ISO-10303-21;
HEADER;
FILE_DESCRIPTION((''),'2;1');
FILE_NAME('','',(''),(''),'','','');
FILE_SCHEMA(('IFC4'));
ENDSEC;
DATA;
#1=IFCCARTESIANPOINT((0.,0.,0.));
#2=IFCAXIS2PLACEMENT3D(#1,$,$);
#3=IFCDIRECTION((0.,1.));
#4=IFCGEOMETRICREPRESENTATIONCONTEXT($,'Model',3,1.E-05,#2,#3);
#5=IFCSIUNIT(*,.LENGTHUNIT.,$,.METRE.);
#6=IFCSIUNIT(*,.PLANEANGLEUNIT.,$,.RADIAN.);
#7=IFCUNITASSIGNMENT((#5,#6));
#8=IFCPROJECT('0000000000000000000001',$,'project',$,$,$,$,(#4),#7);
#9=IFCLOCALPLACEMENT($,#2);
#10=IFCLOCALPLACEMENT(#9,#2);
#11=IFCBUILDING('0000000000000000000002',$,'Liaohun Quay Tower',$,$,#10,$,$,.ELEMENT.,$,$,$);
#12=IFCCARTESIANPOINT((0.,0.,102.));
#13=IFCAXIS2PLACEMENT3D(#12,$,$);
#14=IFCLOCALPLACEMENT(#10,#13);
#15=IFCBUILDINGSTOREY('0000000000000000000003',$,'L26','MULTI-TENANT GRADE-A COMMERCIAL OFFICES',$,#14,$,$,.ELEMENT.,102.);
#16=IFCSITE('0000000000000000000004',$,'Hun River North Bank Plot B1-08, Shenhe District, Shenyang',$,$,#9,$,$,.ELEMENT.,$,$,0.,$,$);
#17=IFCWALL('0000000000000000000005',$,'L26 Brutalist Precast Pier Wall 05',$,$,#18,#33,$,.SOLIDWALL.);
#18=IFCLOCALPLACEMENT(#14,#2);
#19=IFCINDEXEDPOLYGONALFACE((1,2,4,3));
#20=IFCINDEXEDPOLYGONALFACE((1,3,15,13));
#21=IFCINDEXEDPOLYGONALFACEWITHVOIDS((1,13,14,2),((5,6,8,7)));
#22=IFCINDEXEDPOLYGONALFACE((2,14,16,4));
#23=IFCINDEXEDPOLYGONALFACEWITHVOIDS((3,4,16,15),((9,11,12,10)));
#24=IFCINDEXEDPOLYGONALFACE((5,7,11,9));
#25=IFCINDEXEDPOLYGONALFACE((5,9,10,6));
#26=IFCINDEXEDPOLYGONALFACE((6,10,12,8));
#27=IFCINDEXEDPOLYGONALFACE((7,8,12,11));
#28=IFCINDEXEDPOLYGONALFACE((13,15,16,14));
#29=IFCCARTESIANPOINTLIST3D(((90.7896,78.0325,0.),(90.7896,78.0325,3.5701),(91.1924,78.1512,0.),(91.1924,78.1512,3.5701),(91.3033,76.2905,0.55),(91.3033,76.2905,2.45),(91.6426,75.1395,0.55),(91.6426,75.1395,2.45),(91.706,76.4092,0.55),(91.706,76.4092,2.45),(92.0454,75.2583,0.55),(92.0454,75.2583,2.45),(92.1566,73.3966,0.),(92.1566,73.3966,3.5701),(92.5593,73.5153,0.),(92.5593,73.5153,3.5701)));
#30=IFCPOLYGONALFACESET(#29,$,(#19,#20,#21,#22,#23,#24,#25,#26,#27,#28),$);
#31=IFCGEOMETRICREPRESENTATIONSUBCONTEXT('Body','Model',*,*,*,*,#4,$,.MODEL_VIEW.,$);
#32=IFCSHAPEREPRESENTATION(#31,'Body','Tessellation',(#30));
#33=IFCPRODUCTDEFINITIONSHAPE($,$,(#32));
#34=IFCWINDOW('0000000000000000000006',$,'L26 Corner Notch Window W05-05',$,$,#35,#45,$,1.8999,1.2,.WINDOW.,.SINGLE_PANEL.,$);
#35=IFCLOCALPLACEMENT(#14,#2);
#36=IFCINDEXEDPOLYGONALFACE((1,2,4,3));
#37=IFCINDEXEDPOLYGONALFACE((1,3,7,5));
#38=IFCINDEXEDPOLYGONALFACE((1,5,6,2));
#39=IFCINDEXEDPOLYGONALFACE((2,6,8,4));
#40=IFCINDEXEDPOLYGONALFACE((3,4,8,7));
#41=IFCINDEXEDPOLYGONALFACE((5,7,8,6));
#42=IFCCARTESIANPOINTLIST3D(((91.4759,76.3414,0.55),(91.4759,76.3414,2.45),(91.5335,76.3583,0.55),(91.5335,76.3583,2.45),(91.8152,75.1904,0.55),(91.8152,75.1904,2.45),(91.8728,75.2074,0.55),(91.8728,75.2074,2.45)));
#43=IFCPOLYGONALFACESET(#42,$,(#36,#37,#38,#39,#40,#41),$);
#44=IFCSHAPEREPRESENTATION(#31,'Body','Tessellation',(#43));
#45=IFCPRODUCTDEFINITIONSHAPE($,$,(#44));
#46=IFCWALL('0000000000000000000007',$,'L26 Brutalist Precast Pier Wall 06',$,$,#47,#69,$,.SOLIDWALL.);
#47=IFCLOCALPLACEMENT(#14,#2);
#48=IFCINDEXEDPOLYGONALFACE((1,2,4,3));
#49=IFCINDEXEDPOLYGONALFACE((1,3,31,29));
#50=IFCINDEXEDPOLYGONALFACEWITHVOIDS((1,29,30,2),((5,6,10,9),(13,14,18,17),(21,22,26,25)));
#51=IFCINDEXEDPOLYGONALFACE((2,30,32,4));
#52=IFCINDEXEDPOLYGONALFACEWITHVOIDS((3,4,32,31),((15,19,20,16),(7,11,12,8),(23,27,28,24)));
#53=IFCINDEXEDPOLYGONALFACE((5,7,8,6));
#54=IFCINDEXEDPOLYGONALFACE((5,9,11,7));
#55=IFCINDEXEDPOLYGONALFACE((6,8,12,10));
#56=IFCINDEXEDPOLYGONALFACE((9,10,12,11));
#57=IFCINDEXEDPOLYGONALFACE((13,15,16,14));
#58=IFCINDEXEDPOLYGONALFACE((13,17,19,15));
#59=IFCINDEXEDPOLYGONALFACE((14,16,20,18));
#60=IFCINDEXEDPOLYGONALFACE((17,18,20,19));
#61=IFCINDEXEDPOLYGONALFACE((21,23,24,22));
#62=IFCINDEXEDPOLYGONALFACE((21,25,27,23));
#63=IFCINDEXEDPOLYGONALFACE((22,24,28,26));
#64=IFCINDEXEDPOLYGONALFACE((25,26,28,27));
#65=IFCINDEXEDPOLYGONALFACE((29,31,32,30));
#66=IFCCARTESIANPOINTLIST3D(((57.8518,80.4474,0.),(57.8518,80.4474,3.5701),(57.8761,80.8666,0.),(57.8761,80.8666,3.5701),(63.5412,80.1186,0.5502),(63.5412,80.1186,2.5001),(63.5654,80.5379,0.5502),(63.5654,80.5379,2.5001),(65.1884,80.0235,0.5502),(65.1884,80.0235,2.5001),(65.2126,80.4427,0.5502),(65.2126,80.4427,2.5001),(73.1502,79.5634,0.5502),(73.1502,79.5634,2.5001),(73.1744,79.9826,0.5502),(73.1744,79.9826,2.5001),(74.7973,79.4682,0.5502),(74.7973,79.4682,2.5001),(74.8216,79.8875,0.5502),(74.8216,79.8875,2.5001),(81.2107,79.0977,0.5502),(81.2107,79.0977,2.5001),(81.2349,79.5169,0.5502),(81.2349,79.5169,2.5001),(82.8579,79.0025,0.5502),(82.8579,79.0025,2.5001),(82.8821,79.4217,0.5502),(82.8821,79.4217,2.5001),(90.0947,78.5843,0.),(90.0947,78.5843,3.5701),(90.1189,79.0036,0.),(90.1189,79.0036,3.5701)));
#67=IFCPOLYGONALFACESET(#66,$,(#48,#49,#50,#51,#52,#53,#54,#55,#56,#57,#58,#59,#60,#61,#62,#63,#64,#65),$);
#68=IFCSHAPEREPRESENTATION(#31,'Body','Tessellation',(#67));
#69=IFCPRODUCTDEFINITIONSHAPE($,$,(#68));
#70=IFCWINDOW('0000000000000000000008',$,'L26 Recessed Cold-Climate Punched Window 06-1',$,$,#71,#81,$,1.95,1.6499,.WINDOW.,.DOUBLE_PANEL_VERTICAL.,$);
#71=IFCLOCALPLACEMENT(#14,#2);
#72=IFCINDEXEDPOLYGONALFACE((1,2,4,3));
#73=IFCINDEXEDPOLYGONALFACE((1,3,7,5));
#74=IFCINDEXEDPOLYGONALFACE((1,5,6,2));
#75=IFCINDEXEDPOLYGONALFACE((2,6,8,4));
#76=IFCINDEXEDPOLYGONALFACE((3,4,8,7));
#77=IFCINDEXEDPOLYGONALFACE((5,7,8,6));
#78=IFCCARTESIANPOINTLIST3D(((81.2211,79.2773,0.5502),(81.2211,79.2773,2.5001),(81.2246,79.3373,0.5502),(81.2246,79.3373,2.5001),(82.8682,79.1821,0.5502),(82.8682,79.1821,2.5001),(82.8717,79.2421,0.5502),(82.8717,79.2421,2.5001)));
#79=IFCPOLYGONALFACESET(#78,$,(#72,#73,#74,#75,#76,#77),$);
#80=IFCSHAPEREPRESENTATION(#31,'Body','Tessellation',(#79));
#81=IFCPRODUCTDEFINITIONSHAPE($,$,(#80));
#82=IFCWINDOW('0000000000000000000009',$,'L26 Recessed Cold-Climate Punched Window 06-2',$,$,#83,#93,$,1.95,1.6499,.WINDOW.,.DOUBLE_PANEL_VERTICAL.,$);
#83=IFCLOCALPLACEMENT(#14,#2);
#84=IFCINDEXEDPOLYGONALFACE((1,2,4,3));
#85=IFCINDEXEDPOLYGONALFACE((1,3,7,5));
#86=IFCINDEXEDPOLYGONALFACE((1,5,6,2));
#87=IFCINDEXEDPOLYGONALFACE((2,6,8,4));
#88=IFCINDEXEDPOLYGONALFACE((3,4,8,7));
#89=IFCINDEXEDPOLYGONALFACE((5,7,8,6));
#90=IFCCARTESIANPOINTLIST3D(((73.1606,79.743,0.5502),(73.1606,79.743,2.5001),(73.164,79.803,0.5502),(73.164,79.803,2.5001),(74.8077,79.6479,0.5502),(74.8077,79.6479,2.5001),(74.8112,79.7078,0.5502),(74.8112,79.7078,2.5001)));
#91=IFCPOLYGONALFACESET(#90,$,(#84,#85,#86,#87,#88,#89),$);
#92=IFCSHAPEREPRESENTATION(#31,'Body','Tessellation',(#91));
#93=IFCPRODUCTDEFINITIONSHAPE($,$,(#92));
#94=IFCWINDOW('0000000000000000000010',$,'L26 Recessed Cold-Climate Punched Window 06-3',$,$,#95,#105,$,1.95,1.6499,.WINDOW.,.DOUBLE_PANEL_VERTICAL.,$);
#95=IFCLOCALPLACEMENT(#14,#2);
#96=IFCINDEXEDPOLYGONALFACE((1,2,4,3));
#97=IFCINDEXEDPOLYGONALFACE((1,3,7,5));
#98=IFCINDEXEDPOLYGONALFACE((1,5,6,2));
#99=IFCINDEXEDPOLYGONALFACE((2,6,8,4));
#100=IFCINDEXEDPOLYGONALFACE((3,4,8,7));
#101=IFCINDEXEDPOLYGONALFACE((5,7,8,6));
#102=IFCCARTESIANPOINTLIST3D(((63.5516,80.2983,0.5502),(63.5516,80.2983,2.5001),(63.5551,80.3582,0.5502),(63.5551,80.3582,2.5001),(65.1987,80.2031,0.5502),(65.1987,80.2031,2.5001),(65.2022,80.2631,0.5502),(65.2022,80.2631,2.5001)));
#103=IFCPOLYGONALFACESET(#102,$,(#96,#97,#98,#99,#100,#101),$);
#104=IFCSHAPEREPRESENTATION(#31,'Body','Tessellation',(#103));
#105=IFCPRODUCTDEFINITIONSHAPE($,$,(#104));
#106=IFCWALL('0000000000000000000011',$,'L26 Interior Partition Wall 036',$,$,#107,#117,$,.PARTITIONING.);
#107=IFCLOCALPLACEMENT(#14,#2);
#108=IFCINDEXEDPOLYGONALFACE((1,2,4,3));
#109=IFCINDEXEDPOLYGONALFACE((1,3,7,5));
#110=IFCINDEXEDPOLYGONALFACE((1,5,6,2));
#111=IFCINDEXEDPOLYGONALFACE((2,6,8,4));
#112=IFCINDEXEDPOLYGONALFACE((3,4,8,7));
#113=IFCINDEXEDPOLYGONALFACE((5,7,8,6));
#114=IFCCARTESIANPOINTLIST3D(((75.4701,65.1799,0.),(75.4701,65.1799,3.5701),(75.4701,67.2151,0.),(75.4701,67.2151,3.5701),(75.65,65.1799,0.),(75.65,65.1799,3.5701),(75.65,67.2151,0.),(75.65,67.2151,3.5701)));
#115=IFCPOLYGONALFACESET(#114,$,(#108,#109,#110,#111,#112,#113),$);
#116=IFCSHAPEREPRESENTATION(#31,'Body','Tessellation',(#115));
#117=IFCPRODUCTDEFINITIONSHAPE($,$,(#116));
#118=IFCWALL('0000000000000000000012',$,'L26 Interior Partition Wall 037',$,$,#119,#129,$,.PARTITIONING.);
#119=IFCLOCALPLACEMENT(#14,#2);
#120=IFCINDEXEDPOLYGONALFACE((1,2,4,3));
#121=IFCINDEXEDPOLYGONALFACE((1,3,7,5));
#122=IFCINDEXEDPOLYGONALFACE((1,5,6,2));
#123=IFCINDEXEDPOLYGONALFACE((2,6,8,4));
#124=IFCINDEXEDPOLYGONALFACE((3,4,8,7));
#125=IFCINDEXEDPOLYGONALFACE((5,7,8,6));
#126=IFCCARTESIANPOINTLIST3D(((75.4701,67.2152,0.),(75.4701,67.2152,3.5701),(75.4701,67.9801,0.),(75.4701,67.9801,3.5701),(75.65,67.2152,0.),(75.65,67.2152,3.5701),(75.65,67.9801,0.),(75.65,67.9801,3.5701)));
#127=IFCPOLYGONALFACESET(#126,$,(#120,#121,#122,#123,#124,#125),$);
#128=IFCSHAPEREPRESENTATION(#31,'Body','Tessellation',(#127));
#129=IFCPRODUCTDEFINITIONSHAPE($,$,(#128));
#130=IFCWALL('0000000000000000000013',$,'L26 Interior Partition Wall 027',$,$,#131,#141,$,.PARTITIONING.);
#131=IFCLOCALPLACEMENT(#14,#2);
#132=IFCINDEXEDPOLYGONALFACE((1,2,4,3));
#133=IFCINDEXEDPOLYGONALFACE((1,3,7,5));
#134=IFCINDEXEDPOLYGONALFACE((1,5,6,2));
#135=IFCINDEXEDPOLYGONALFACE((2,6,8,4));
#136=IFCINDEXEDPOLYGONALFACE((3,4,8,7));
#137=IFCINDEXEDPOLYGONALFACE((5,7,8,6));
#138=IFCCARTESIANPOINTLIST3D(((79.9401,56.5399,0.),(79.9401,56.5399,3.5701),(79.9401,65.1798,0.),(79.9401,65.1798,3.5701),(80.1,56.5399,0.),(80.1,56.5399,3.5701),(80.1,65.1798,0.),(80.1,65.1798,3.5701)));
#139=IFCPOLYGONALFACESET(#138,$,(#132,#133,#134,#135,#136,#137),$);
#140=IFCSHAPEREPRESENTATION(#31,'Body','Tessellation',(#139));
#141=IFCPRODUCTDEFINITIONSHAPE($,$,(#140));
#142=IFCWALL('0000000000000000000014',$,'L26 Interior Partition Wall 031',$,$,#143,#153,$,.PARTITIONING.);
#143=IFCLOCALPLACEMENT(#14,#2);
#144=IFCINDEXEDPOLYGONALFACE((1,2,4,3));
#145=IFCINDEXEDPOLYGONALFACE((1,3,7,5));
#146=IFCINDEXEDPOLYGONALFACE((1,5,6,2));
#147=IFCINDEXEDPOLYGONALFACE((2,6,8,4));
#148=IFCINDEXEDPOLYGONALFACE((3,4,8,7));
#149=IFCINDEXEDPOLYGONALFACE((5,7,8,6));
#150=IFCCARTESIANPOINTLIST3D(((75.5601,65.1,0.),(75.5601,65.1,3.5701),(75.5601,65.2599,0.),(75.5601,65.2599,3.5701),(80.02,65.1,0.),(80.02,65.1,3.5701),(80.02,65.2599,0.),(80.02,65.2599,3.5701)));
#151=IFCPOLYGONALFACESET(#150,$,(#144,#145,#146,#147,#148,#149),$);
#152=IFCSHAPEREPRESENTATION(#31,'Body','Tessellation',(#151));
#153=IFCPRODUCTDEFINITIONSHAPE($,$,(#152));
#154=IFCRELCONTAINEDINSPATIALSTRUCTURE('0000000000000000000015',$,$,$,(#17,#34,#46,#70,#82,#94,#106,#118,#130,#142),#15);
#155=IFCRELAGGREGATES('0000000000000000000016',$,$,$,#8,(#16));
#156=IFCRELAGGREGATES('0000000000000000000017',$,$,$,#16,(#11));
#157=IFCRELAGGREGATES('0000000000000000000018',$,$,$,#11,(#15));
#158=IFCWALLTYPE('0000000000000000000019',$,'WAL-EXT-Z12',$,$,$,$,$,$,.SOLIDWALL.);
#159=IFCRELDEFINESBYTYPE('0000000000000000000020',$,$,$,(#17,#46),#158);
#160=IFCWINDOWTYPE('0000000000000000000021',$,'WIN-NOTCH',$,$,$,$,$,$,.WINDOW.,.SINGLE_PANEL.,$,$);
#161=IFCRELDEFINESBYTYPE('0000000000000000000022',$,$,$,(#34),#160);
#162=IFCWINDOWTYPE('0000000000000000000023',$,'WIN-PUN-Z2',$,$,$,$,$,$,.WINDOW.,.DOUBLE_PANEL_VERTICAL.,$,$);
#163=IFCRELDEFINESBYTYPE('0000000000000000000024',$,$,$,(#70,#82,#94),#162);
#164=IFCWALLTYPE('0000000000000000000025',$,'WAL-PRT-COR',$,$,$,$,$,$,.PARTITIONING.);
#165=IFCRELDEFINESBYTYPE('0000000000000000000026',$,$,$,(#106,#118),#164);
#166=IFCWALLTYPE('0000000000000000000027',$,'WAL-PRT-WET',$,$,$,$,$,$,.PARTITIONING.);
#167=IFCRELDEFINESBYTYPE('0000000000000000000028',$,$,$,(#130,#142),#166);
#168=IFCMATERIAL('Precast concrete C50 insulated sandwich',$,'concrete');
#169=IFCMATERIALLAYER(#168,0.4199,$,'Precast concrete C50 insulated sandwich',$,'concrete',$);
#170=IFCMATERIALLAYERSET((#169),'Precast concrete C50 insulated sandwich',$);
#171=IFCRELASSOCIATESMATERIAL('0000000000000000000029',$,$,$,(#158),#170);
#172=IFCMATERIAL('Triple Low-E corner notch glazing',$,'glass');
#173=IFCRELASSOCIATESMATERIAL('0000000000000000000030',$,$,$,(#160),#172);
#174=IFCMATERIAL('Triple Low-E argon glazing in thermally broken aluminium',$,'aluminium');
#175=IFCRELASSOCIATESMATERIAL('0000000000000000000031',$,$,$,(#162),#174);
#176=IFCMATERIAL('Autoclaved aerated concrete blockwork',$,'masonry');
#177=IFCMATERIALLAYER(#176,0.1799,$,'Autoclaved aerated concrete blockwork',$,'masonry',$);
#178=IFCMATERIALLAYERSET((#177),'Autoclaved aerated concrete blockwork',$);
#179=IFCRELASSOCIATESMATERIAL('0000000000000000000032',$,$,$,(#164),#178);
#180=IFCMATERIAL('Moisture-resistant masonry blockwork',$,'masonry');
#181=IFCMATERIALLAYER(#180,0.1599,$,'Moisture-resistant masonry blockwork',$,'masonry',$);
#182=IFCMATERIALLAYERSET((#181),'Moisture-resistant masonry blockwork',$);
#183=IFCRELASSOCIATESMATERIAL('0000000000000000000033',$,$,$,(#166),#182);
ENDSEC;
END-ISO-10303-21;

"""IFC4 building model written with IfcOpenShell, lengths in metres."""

from ifc_helpers import new_model, si_unit, direction, frame, frame_2d, origin, place, context, subcontext, project, spatial, rectangle, extrude, source, transform, mapped, material, layer, layer_set, type_object, element, fill, save


model = new_model("IFC4")

# Units and contexts
model_context = context("Model", 3, precision=1e-05, world=origin(), true_north=direction((0.0, 1.0)))
body_context = subcontext(model_context, "Body", "Model", "MODEL_VIEW")
ifc_project = project(units=[si_unit("LENGTHUNIT", "METRE"), si_unit("PLANEANGLEUNIT", "RADIAN")], contexts=[model_context])

# Site, building, storey
site_placement = place(None, origin())
site = spatial("IfcSite", under=ifc_project, at=site_placement, Name="Hun River North Bank Plot B1-08, Shenhe District, Shenyang", CompositionType="ELEMENT", RefElevation=0.0)
building_placement = place(site_placement, origin())
building = spatial("IfcBuilding", under=site, at=building_placement, Name="Liaohun Quay Tower", CompositionType="ELEMENT")
storey_placement = place(building_placement, frame((0.0, 0.0, 102.0)))
storey = spatial("IfcBuildingStorey", under=building, at=storey_placement, Name="L26", Description="MULTI-TENANT GRADE-A COMMERCIAL OFFICES", CompositionType="ELEMENT", Elevation=102.0)

# Wall, opening, window
ifc_material_1 = material(Name="Precast concrete C50 insulated sandwich", Category="concrete")
ifc_layer_1 = layer(ifc_material_1, 0.4199, Name="Precast concrete C50 insulated sandwich", Category="concrete")
ifc_layer_set_1 = layer_set([ifc_layer_1], Name="Precast concrete C50 insulated sandwich")
wall_type_1 = type_object("IfcWallType", Name="WAL-EXT-Z12", PredefinedType="SOLIDWALL", material=ifc_layer_set_1)
shared_shape_1 = source(origin(), body_context, "Body", "SweptSolid", [
    extrude(rectangle(XDim=1.2, YDim=1.8999, at=frame_2d((0.6001, 0.95))), frame((0.0, 0.22, 0.0), z_axis=(0.0, -1.0, 0.0), x_axis=(1.0, 0.0, 0.0)), (0.0, 0.0, 1.0), 0.4399),
])
ifc_material_2 = material(Name="Triple Low-E corner notch glazing", Category="glass")
window_type_1 = type_object("IfcWindowType", Name="WIN-NOTCH", PartitioningType="SINGLE_PANEL", PredefinedType="WINDOW", material=ifc_material_2)
shared_shape_2 = source(origin(), body_context, "Body", "SweptSolid", [
    extrude(rectangle(XDim=1.2, YDim=1.8999, at=frame_2d((0.6001, 0.95))), frame((0.0, 0.03, 0.0), z_axis=(0.0, -1.0, 0.0), x_axis=(1.0, 0.0, 0.0)), (0.0, 0.0, 1.0), 0.0601),
])
wall_1_placement = place(storey_placement, frame((92.3579, 73.4561, 0.0), z_axis=(0.0, 0.0, 1.0), x_axis=(-0.282817, 0.959174, 0.0)))
wall_1 = element("IfcWall", 1, at=wall_1_placement, inside=storey, type_object=wall_type_1, Name="L26 Brutalist Precast Pier Wall 05", PredefinedType="SOLIDWALL", context=body_context, shape_type="SweptSolid", body=[
    extrude(rectangle(XDim=4.8333, YDim=0.4199, at=frame_2d((2.4165, 0.0))), origin(), (0.0, 0.0, 1.0), 3.5701),
])
opening_1_placement = place(wall_1_placement, frame((1.8169, 0.0, 0.55)))
opening_1 = element("IfcOpeningElement", 2, at=opening_1_placement, cuts=wall_1, PredefinedType="OPENING", context=body_context, shape_type="MappedRepresentation", body=[
    mapped(shared_shape_1, transform((0.0, 0.0, 0.0), x_axis=(1.0, 0.0, 0.0), y_axis=(0.0, 1.0, 0.0), z_axis=(0.0, 0.0, 1.0), scale=1.0)),
])
window_1_placement = place(opening_1_placement, origin())
window_1 = element("IfcWindow", 3, at=window_1_placement, inside=storey, type_object=window_type_1, Name="L26 Corner Notch Window W05-05", OverallHeight=1.8999, OverallWidth=1.2, PartitioningType="SINGLE_PANEL", PredefinedType="WINDOW", context=body_context, shape_type="MappedRepresentation", body=[
    mapped(shared_shape_2, transform((0.0, 0.0, 0.0), x_axis=(1.0, 0.0, 0.0), y_axis=(0.0, 1.0, 0.0), z_axis=(0.0, 0.0, 1.0), scale=1.0)),
])
fill(opening_1, window_1)

# Wall, openings, windows
wall_2_placement = place(storey_placement, frame((90.1069, 78.7939, 0.0), z_axis=(0.0, 0.0, 1.0), x_axis=(-0.998335, 0.057685, 0.0)))
wall_2 = element("IfcWall", 4, at=wall_2_placement, inside=storey, type_object=wall_type_1, Name="L26 Brutalist Precast Pier Wall 06", PredefinedType="SOLIDWALL", context=body_context, shape_type="SweptSolid", body=[
    extrude(rectangle(XDim=32.2966, YDim=0.4199, at=frame_2d((16.1484, 0.0))), origin(), (0.0, 0.0, 1.0), 3.5701),
])
shared_shape_3 = source(origin(), body_context, "Body", "SweptSolid", [
    extrude(rectangle(XDim=1.6499, YDim=1.95, at=frame_2d((0.825, 0.9751))), frame((0.0, 0.22, 0.0), z_axis=(0.0, -1.0, 0.0), x_axis=(1.0, 0.0, 0.0)), (0.0, 0.0, 1.0), 0.4399),
])
opening_2_placement = place(wall_2_placement, frame((7.249, 0.0, 0.55)))
opening_2 = element("IfcOpeningElement", 5, at=opening_2_placement, cuts=wall_2, PredefinedType="OPENING", context=body_context, shape_type="MappedRepresentation", body=[
    mapped(shared_shape_3, transform((0.0, 0.0, 0.0), x_axis=(1.0, 0.0, 0.0), y_axis=(0.0, 1.0, 0.0), z_axis=(0.0, 0.0, 1.0), scale=1.0)),
])
opening_3_placement = place(wall_2_placement, frame((15.323, 0.0, 0.55)))
opening_3 = element("IfcOpeningElement", 6, at=opening_3_placement, cuts=wall_2, PredefinedType="OPENING", context=body_context, shape_type="MappedRepresentation", body=[
    mapped(shared_shape_3, transform((0.0, 0.0, 0.0), x_axis=(1.0, 0.0, 0.0), y_axis=(0.0, 1.0, 0.0), z_axis=(0.0, 0.0, 1.0), scale=1.0)),
])
opening_4_placement = place(wall_2_placement, frame((24.948, 0.0, 0.55)))
opening_4 = element("IfcOpeningElement", 7, at=opening_4_placement, cuts=wall_2, PredefinedType="OPENING", context=body_context, shape_type="MappedRepresentation", body=[
    mapped(shared_shape_3, transform((0.0, 0.0, 0.0), x_axis=(1.0, 0.0, 0.0), y_axis=(0.0, 1.0, 0.0), z_axis=(0.0, 0.0, 1.0), scale=1.0)),
])
ifc_material_3 = material(Name="Triple Low-E argon glazing in thermally broken aluminium", Category="aluminium")
window_type_2 = type_object("IfcWindowType", Name="WIN-PUN-Z2", PartitioningType="DOUBLE_PANEL_VERTICAL", PredefinedType="WINDOW", material=ifc_material_3)
shared_shape_4 = source(origin(), body_context, "Body", "SweptSolid", [
    extrude(rectangle(XDim=1.6499, YDim=1.95, at=frame_2d((0.825, 0.9751))), frame((0.0, 0.03, 0.0), z_axis=(0.0, -1.0, 0.0), x_axis=(1.0, 0.0, 0.0)), (0.0, 0.0, 1.0), 0.0601),
])
window_2_placement = place(opening_2_placement, origin())
window_2 = element("IfcWindow", 8, at=window_2_placement, inside=storey, type_object=window_type_2, Name="L26 Recessed Cold-Climate Punched Window 06-1", OverallHeight=1.95, OverallWidth=1.6499, PartitioningType="DOUBLE_PANEL_VERTICAL", PredefinedType="WINDOW", context=body_context, shape_type="MappedRepresentation", body=[
    mapped(shared_shape_4, transform((0.0, 0.0, 0.0), x_axis=(1.0, 0.0, 0.0), y_axis=(0.0, 1.0, 0.0), z_axis=(0.0, 0.0, 1.0), scale=1.0)),
])
fill(opening_2, window_2)
window_3_placement = place(opening_3_placement, origin())
window_3 = element("IfcWindow", 9, at=window_3_placement, inside=storey, type_object=window_type_2, Name="L26 Recessed Cold-Climate Punched Window 06-2", OverallHeight=1.95, OverallWidth=1.6499, PartitioningType="DOUBLE_PANEL_VERTICAL", PredefinedType="WINDOW", context=body_context, shape_type="MappedRepresentation", body=[
    mapped(shared_shape_4, transform((0.0, 0.0, 0.0), x_axis=(1.0, 0.0, 0.0), y_axis=(0.0, 1.0, 0.0), z_axis=(0.0, 0.0, 1.0), scale=1.0)),
])
fill(opening_3, window_3)
window_4_placement = place(opening_4_placement, origin())
window_4 = element("IfcWindow", 10, at=window_4_placement, inside=storey, type_object=window_type_2, Name="L26 Recessed Cold-Climate Punched Window 06-3", OverallHeight=1.95, OverallWidth=1.6499, PartitioningType="DOUBLE_PANEL_VERTICAL", PredefinedType="WINDOW", context=body_context, shape_type="MappedRepresentation", body=[
    mapped(shared_shape_4, transform((0.0, 0.0, 0.0), x_axis=(1.0, 0.0, 0.0), y_axis=(0.0, 1.0, 0.0), z_axis=(0.0, 0.0, 1.0), scale=1.0)),
])
fill(opening_4, window_4)

# Walls
ifc_material_4 = material(Name="Autoclaved aerated concrete blockwork", Category="masonry")
ifc_layer_2 = layer(ifc_material_4, 0.1799, Name="Autoclaved aerated concrete blockwork", Category="masonry")
ifc_layer_set_2 = layer_set([ifc_layer_2], Name="Autoclaved aerated concrete blockwork")
wall_type_2 = type_object("IfcWallType", Name="WAL-PRT-COR", PredefinedType="PARTITIONING", material=ifc_layer_set_2)
wall_3_placement = place(storey_placement, frame((75.5601, 67.2151, 0.0), z_axis=(0.0, 0.0, 1.0), x_axis=(0.0, -1.0, 0.0)))
element("IfcWall", 11, at=wall_3_placement, inside=storey, type_object=wall_type_2, Name="L26 Interior Partition Wall 036", PredefinedType="PARTITIONING", context=body_context, shape_type="SweptSolid", body=[
    extrude(rectangle(XDim=2.0352, YDim=0.1799, at=frame_2d((1.0176, 0.0))), origin(), (0.0, 0.0, 1.0), 3.5701),
])
wall_4_placement = place(storey_placement, frame((75.5601, 67.98, 0.0), z_axis=(0.0, 0.0, 1.0), x_axis=(0.0, -1.0, 0.0)))
element("IfcWall", 12, at=wall_4_placement, inside=storey, type_object=wall_type_2, Name="L26 Interior Partition Wall 037", PredefinedType="PARTITIONING", context=body_context, shape_type="SweptSolid", body=[
    extrude(rectangle(XDim=0.7649, YDim=0.1799, at=frame_2d((0.3823, 0.0))), origin(), (0.0, 0.0, 1.0), 3.5701),
])
ifc_material_5 = material(Name="Moisture-resistant masonry blockwork", Category="masonry")
ifc_layer_3 = layer(ifc_material_5, 0.1599, Name="Moisture-resistant masonry blockwork", Category="masonry")
ifc_layer_set_3 = layer_set([ifc_layer_3], Name="Moisture-resistant masonry blockwork")
wall_type_3 = type_object("IfcWallType", Name="WAL-PRT-WET", PredefinedType="PARTITIONING", material=ifc_layer_set_3)
wall_5_placement = place(storey_placement, frame((80.02, 56.54, 0.0), z_axis=(0.0, 0.0, 1.0), x_axis=(0.0, 1.0, 0.0)))
element("IfcWall", 13, at=wall_5_placement, inside=storey, type_object=wall_type_3, Name="L26 Interior Partition Wall 027", PredefinedType="PARTITIONING", context=body_context, shape_type="SweptSolid", body=[
    extrude(rectangle(XDim=8.6399, YDim=0.1599, at=frame_2d((4.3198, 0.0))), origin(), (0.0, 0.0, 1.0), 3.5701),
])
wall_6_placement = place(storey_placement, frame((75.5601, 65.1799, 0.0), z_axis=(0.0, 0.0, 1.0), x_axis=(1.0, 0.0, 0.0)))
element("IfcWall", 14, at=wall_6_placement, inside=storey, type_object=wall_type_3, Name="L26 Interior Partition Wall 031", PredefinedType="PARTITIONING", context=body_context, shape_type="SweptSolid", body=[
    extrude(rectangle(XDim=4.46, YDim=0.1599, at=frame_2d((2.23, 0.0))), origin(), (0.0, 0.0, 1.0), 3.5701),
])

save(model, "model.ifc")
